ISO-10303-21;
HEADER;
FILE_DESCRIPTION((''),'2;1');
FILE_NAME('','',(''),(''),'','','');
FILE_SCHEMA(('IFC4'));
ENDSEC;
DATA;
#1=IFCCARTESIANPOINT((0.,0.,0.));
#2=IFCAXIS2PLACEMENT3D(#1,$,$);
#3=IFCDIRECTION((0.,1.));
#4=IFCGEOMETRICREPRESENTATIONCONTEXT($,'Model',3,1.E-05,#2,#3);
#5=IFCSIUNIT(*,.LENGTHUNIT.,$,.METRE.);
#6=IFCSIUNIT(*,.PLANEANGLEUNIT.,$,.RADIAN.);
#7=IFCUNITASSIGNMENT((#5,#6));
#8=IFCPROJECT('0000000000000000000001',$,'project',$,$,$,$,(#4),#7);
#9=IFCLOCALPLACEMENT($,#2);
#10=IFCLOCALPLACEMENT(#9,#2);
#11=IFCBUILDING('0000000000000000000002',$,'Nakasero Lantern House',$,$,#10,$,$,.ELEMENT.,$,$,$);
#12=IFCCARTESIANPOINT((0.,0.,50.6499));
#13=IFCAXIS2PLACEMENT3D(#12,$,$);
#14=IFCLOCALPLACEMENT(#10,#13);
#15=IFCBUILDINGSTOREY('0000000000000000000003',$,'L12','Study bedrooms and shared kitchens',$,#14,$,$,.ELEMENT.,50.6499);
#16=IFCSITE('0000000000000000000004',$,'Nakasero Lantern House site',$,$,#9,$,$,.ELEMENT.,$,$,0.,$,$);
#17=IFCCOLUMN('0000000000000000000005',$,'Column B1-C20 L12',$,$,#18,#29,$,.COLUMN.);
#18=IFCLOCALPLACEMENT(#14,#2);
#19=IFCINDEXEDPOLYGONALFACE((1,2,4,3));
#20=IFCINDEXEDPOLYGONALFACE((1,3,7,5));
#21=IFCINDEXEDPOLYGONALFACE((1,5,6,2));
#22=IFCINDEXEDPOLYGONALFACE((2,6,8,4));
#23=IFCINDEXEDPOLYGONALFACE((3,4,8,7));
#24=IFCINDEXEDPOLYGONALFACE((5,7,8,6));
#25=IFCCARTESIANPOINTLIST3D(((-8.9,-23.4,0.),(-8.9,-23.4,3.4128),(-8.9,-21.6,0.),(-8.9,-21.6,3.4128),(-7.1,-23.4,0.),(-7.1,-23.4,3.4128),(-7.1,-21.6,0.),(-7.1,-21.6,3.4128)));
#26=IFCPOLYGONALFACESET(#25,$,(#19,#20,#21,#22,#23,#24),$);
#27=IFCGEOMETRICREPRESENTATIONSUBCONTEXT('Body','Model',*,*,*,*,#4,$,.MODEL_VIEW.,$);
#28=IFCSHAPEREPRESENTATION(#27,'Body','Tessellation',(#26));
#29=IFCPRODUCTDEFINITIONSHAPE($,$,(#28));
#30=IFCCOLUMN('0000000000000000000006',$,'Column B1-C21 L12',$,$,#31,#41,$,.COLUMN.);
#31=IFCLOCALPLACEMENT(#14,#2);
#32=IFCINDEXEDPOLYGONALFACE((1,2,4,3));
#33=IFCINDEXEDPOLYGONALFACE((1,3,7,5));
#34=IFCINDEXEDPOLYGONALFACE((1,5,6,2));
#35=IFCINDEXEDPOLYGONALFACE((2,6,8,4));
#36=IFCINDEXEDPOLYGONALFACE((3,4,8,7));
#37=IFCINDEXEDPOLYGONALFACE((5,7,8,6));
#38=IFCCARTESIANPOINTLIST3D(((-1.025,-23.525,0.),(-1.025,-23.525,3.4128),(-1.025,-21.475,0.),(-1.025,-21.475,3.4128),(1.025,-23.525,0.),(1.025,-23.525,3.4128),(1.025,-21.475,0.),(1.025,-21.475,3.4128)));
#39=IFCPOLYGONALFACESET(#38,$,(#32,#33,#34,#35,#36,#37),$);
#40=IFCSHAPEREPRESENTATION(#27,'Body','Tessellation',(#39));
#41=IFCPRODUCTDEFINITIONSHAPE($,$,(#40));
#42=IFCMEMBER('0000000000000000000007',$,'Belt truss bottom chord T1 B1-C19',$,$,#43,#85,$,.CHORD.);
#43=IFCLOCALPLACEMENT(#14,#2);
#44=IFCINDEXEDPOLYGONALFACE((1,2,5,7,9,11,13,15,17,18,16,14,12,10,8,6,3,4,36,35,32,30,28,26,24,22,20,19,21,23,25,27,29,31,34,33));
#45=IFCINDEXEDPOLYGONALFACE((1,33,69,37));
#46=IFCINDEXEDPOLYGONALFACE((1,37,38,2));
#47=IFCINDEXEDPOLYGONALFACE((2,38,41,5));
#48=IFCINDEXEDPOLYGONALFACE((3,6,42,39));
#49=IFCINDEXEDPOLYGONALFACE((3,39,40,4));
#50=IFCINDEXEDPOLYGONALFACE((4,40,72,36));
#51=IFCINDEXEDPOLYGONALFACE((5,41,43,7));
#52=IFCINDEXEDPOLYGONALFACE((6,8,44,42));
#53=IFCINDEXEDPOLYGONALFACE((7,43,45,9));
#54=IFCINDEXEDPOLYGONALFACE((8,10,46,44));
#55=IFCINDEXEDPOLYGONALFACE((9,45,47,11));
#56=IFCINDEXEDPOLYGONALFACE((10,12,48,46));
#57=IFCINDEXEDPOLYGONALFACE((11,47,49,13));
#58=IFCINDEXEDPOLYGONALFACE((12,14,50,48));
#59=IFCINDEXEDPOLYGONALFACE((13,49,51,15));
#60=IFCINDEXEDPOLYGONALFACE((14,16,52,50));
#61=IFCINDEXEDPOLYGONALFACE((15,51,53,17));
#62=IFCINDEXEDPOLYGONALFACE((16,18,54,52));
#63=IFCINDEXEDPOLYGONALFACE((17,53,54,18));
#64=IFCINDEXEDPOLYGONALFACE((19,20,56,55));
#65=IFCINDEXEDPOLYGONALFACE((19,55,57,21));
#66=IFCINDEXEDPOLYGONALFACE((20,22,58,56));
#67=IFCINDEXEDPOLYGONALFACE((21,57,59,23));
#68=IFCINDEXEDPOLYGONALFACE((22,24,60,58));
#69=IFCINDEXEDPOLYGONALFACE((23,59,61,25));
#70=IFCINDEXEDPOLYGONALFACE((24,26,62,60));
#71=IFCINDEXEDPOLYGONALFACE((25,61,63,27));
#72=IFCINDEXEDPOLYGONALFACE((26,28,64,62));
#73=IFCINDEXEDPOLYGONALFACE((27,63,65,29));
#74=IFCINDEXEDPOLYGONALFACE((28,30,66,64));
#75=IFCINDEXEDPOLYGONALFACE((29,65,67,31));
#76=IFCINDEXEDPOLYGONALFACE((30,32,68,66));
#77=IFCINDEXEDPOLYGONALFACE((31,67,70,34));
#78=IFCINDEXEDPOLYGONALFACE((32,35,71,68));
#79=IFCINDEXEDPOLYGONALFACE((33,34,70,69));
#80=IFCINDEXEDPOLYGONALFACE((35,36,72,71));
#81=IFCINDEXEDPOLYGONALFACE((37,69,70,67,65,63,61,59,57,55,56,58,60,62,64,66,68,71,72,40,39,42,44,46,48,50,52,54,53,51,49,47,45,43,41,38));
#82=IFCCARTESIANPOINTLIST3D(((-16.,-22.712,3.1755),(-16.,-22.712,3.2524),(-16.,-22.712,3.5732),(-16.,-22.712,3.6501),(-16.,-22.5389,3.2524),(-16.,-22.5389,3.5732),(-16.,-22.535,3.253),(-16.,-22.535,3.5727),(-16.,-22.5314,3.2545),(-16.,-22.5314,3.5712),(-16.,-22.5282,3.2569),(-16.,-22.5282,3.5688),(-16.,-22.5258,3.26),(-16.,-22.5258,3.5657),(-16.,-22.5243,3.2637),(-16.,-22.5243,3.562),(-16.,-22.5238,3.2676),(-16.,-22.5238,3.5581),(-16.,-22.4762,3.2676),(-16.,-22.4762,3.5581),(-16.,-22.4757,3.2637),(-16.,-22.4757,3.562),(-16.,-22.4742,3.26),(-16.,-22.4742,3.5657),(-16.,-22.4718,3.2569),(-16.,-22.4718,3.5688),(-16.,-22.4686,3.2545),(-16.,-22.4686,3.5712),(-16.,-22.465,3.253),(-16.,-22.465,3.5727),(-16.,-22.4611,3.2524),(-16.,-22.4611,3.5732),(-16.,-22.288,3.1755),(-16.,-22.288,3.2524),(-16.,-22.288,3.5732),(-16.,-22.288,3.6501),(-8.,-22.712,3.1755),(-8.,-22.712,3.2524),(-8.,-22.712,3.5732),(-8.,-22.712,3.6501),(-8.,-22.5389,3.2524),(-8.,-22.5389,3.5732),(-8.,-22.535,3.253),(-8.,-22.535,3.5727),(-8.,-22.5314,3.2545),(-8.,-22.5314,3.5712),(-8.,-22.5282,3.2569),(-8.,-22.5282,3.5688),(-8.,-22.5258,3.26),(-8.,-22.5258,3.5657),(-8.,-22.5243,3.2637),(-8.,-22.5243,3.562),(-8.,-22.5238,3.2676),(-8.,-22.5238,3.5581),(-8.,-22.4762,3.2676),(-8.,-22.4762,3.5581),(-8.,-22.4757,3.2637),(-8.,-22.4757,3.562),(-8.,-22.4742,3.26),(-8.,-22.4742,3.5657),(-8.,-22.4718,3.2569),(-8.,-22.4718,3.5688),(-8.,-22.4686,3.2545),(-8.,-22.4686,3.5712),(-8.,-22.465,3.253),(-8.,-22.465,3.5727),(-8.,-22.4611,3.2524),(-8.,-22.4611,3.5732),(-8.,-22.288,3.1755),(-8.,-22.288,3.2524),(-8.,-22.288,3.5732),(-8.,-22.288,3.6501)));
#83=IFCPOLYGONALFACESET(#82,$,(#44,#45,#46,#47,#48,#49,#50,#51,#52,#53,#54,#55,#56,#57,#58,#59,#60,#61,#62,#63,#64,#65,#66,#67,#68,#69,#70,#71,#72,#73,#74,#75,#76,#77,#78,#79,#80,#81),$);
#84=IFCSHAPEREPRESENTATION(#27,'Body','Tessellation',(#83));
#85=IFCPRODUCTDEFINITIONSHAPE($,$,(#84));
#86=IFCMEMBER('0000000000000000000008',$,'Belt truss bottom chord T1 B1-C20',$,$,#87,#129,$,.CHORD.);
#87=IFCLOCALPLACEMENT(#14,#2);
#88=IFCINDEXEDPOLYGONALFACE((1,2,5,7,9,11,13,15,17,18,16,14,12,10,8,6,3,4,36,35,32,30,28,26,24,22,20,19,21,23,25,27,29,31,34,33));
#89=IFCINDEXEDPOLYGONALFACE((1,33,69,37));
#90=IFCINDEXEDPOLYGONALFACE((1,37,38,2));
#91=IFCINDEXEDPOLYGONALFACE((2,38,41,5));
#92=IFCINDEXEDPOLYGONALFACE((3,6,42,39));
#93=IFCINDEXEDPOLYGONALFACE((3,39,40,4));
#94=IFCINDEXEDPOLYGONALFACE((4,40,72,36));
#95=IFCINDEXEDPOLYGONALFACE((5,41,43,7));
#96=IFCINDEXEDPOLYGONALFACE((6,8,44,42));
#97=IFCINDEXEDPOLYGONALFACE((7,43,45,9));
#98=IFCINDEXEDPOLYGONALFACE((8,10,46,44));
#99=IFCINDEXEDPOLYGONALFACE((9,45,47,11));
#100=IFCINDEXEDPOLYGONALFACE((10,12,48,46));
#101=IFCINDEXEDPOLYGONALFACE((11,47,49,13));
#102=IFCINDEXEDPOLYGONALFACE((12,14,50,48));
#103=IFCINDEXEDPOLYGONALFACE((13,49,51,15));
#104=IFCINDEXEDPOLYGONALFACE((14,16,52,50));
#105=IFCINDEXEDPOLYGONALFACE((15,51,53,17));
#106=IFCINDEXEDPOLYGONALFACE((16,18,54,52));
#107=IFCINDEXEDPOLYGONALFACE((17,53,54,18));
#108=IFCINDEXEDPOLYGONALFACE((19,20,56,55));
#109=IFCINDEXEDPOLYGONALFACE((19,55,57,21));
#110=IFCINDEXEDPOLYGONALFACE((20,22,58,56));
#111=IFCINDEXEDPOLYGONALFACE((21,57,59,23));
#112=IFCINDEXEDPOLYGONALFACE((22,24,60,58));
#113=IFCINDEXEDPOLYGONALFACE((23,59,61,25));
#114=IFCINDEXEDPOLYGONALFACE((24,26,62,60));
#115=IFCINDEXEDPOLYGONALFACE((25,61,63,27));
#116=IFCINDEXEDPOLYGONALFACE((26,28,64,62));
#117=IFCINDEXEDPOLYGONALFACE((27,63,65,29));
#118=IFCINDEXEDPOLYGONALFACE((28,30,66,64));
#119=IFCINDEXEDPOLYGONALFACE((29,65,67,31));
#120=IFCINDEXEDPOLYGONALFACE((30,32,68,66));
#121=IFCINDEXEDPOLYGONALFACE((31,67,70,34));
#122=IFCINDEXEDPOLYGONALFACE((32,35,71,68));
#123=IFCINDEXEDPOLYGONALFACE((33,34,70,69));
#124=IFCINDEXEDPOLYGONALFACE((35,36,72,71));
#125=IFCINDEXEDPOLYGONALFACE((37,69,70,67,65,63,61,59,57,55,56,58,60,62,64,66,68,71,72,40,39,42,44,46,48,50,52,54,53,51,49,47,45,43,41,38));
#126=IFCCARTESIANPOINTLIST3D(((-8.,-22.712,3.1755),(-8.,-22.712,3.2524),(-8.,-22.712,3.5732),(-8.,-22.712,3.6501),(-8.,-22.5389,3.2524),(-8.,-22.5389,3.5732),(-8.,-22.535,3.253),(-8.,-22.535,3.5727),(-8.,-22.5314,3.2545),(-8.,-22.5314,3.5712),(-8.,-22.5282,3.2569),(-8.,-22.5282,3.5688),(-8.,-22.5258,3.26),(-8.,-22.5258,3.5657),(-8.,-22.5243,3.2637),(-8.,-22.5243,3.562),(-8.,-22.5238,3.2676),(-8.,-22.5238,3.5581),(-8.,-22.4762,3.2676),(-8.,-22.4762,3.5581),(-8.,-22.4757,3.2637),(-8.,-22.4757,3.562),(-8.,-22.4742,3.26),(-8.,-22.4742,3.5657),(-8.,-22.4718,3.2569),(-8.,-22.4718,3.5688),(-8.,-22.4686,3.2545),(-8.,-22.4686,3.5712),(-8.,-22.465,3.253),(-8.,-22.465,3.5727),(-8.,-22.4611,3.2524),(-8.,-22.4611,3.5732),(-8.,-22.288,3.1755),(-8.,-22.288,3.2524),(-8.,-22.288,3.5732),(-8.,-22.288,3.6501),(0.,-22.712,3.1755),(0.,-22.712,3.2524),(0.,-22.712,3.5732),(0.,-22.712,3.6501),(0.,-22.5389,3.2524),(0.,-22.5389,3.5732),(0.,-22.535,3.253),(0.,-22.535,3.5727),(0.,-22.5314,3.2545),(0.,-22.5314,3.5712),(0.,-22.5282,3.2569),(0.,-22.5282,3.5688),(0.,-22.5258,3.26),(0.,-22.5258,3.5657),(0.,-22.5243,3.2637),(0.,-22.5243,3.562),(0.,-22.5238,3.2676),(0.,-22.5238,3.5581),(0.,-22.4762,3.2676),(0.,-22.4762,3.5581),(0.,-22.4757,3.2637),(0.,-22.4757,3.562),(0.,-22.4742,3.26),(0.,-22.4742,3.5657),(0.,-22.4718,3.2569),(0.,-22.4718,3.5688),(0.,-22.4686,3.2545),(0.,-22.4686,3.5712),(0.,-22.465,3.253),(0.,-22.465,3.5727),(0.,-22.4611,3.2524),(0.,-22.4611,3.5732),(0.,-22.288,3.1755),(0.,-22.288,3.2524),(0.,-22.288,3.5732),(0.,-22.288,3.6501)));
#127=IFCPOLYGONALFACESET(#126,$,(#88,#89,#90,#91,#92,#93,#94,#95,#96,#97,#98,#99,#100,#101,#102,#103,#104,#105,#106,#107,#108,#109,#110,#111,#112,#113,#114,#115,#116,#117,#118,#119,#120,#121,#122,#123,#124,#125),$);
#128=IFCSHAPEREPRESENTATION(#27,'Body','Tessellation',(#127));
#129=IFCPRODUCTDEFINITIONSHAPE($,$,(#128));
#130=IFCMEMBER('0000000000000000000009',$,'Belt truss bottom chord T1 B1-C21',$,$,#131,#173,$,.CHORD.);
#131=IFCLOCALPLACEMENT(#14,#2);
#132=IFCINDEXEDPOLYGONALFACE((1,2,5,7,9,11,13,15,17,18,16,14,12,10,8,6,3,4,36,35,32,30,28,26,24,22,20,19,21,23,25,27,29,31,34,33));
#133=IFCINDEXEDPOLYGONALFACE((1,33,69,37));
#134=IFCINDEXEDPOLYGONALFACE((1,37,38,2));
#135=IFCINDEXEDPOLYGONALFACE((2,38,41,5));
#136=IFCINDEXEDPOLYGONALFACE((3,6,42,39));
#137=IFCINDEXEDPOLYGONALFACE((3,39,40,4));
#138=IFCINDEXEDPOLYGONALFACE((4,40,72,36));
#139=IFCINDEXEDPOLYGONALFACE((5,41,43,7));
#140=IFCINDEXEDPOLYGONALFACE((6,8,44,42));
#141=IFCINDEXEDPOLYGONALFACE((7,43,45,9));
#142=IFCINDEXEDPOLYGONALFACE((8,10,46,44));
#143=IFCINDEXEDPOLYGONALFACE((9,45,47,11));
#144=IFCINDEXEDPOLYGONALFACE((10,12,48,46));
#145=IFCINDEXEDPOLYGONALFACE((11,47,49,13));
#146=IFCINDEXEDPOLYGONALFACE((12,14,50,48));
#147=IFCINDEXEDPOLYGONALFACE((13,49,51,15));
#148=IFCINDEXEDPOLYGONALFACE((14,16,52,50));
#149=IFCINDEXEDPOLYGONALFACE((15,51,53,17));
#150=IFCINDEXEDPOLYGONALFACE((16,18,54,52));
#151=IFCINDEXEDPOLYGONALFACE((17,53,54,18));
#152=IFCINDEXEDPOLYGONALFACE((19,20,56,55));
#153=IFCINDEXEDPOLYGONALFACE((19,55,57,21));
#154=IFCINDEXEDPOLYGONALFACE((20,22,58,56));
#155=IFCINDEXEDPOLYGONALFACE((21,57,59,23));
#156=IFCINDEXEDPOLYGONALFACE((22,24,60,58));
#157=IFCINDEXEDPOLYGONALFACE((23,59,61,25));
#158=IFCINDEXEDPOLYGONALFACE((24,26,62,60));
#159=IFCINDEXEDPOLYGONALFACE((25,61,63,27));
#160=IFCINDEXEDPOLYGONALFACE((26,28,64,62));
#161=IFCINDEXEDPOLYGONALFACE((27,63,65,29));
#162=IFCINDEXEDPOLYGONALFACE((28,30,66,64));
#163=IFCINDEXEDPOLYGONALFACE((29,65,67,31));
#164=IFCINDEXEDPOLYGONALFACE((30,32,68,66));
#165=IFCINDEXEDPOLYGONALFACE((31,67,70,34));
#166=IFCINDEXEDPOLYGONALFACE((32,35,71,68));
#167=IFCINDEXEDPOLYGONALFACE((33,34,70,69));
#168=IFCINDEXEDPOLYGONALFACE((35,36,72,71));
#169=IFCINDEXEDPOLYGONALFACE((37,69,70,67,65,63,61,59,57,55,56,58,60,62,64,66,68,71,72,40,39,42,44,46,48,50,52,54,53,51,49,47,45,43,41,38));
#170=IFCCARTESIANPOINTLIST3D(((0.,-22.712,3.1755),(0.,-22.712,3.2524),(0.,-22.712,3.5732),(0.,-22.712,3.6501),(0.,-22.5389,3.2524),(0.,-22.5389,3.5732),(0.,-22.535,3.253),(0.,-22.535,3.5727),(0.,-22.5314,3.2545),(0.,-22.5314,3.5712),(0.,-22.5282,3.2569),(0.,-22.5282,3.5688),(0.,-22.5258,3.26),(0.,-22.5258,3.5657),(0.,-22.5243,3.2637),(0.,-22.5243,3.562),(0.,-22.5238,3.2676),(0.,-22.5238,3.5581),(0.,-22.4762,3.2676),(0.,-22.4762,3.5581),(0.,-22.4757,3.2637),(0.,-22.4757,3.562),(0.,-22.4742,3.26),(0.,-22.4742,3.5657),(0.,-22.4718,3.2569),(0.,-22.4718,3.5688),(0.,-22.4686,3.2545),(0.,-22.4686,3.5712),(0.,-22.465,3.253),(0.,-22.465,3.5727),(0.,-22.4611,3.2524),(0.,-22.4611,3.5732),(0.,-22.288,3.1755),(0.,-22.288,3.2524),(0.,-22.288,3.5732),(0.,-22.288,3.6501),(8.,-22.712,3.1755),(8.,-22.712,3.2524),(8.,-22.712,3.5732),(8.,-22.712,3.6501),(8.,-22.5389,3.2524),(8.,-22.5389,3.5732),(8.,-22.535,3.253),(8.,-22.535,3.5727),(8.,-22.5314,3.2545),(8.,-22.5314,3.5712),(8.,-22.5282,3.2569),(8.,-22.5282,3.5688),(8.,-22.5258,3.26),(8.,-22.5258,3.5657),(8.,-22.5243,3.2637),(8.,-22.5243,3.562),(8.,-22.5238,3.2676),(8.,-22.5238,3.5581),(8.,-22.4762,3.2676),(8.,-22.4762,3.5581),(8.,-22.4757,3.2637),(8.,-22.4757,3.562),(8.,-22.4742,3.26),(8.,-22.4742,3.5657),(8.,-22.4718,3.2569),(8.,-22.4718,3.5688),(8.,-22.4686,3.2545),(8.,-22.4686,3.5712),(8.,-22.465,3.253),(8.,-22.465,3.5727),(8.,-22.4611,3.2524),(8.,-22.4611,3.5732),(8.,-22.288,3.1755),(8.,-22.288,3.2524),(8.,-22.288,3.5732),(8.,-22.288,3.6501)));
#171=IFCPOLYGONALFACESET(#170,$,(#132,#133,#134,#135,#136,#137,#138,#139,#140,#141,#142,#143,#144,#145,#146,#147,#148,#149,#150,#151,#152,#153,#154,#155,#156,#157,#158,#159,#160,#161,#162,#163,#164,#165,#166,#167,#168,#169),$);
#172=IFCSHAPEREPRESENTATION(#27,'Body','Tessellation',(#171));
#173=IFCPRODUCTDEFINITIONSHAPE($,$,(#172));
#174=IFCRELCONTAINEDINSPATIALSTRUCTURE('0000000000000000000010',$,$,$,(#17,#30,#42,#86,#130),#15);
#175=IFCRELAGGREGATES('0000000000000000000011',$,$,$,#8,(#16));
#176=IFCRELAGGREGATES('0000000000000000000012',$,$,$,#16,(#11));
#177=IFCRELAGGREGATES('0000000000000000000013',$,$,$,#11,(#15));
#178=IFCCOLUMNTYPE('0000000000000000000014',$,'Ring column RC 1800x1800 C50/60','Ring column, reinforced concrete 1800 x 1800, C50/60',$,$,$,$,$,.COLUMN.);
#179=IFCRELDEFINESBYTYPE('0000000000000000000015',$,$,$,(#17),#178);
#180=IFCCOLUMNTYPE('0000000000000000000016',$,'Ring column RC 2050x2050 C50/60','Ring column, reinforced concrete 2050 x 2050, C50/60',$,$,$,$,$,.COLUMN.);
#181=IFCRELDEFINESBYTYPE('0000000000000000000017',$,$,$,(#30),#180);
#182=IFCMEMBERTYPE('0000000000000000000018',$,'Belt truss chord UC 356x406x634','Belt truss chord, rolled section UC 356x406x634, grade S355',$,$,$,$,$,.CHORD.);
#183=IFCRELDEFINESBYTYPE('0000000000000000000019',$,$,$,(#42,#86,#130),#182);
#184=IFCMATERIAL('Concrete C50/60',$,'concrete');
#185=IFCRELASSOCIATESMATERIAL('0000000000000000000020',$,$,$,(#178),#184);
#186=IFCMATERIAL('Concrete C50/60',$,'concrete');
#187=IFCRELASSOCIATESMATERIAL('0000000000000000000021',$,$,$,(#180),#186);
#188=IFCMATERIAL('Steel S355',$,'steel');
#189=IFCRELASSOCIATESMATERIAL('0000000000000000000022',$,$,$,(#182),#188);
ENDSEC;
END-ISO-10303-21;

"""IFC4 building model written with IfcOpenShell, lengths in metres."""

from ifc_helpers import new_model, si_unit, direction, frame, origin, origin_2d, place, context, subcontext, project, spatial, rectangle, i_section, extrude, material, material_profile, profile_set, type_object, element, save


model = new_model("IFC4")

# Units and contexts
model_context = context("Model", 3, precision=1e-05, world=origin(), true_north=direction((0.0, 1.0)))
body_context = subcontext(model_context, "Body", "Model", "MODEL_VIEW")
ifc_project = project(units=[si_unit("LENGTHUNIT", "METRE"), si_unit("PLANEANGLEUNIT", "RADIAN")], contexts=[model_context])

# Site, building, storey
site_placement = place(None, origin())
site = spatial("IfcSite", under=ifc_project, at=site_placement, Name="Nakasero Lantern House site", CompositionType="ELEMENT", RefElevation=0.0)
building_placement = place(site_placement, origin())
building = spatial("IfcBuilding", under=site, at=building_placement, Name="Nakasero Lantern House", CompositionType="ELEMENT")
storey_placement = place(building_placement, frame((0.0, 0.0, 50.6499)))
storey = spatial("IfcBuildingStorey", under=building, at=storey_placement, Name="L12", Description="Study bedrooms and shared kitchens", CompositionType="ELEMENT", Elevation=50.6499)

# Columns
ifc_material_1 = material(Name="Concrete C50/60", Category="concrete")
ifc_material_profile_1 = material_profile(ifc_material_1, rectangle(XDim=1.8, YDim=1.8, at=origin_2d()), Name="RC 1800x1800")
ifc_profile_set_1 = profile_set([ifc_material_profile_1], Name="Concrete C50/60")
column_type_1 = type_object("IfcColumnType", Name="Ring column RC 1800x1800 C50/60", Description="Ring column, reinforced concrete 1800 x 1800, C50/60", PredefinedType="COLUMN", material=ifc_profile_set_1)
column_1_placement = place(storey_placement, frame((-8.0, -22.5, 0.0), z_axis=(0.0, 0.0, 1.0), x_axis=(1.0, 0.0, 0.0)))
element("IfcColumn", 1, at=column_1_placement, inside=storey, type_object=column_type_1, Name="Column B1-C20 L12", PredefinedType="COLUMN", context=body_context, shape_type="SweptSolid", body=[
    extrude(rectangle(XDim=1.8, YDim=1.8, at=origin_2d()), origin(), (0.0, 0.0, 1.0), 3.4128),
])
ifc_material_2 = material(Name="Concrete C50/60", Category="concrete")
ifc_material_profile_2 = material_profile(ifc_material_2, rectangle(XDim=2.05, YDim=2.05, at=origin_2d()), Name="RC 2050x2050")
ifc_profile_set_2 = profile_set([ifc_material_profile_2], Name="Concrete C50/60")
column_type_2 = type_object("IfcColumnType", Name="Ring column RC 2050x2050 C50/60", Description="Ring column, reinforced concrete 2050 x 2050, C50/60", PredefinedType="COLUMN", material=ifc_profile_set_2)
column_2_placement = place(storey_placement, frame((0.0, -22.5, 0.0), z_axis=(0.0, 0.0, 1.0), x_axis=(1.0, 0.0, 0.0)))
element("IfcColumn", 2, at=column_2_placement, inside=storey, type_object=column_type_2, Name="Column B1-C21 L12", PredefinedType="COLUMN", context=body_context, shape_type="SweptSolid", body=[
    extrude(rectangle(XDim=2.05, YDim=2.05, at=origin_2d()), origin(), (0.0, 0.0, 1.0), 3.4128),
])

# Members
ifc_material_3 = material(Name="Steel S355", Category="steel")
ifc_material_profile_3 = material_profile(ifc_material_3, i_section(OverallWidth=0.4241, OverallDepth=0.4746, WebThickness=0.0476, FlangeThickness=0.0769, FilletRadius=0.0151, at=origin_2d()), Name="UC 356x406x634")
ifc_profile_set_3 = profile_set([ifc_material_profile_3], Name="Steel S355")
member_type = type_object("IfcMemberType", Name="Belt truss chord UC 356x406x634", Description="Belt truss chord, rolled section UC 356x406x634, grade S355", PredefinedType="CHORD", material=ifc_profile_set_3)
for number, where, z_axis, x_axis, name in (
    (3, (-16.0, -22.5, 3.4128), (1.0, 0.0, 0.0), (0.0, 1.0, 0.0), "Belt truss bottom chord T1 B1-C19"),
    (4, (-8.0, -22.5, 3.4128), (1.0, 0.0, 0.0), (0.0, 1.0, 0.0), "Belt truss bottom chord T1 B1-C20"),
    (5, (0.0, -22.5, 3.4128), (1.0, 0.0, 0.0), (0.0, 1.0, 0.0), "Belt truss bottom chord T1 B1-C21"),
):
    element("IfcMember", number, at=place(storey_placement, frame(where, z_axis=z_axis, x_axis=x_axis)), inside=storey, type_object=member_type, Name=name, PredefinedType="CHORD", context=body_context, shape_type="SweptSolid", body=[
        extrude(i_section(OverallWidth=0.4241, OverallDepth=0.4746, WebThickness=0.0476, FlangeThickness=0.0769, FilletRadius=0.0151, at=origin_2d()), origin(), (0.0, 0.0, 1.0), 8.0),
    ])

save(model, "model.ifc")
